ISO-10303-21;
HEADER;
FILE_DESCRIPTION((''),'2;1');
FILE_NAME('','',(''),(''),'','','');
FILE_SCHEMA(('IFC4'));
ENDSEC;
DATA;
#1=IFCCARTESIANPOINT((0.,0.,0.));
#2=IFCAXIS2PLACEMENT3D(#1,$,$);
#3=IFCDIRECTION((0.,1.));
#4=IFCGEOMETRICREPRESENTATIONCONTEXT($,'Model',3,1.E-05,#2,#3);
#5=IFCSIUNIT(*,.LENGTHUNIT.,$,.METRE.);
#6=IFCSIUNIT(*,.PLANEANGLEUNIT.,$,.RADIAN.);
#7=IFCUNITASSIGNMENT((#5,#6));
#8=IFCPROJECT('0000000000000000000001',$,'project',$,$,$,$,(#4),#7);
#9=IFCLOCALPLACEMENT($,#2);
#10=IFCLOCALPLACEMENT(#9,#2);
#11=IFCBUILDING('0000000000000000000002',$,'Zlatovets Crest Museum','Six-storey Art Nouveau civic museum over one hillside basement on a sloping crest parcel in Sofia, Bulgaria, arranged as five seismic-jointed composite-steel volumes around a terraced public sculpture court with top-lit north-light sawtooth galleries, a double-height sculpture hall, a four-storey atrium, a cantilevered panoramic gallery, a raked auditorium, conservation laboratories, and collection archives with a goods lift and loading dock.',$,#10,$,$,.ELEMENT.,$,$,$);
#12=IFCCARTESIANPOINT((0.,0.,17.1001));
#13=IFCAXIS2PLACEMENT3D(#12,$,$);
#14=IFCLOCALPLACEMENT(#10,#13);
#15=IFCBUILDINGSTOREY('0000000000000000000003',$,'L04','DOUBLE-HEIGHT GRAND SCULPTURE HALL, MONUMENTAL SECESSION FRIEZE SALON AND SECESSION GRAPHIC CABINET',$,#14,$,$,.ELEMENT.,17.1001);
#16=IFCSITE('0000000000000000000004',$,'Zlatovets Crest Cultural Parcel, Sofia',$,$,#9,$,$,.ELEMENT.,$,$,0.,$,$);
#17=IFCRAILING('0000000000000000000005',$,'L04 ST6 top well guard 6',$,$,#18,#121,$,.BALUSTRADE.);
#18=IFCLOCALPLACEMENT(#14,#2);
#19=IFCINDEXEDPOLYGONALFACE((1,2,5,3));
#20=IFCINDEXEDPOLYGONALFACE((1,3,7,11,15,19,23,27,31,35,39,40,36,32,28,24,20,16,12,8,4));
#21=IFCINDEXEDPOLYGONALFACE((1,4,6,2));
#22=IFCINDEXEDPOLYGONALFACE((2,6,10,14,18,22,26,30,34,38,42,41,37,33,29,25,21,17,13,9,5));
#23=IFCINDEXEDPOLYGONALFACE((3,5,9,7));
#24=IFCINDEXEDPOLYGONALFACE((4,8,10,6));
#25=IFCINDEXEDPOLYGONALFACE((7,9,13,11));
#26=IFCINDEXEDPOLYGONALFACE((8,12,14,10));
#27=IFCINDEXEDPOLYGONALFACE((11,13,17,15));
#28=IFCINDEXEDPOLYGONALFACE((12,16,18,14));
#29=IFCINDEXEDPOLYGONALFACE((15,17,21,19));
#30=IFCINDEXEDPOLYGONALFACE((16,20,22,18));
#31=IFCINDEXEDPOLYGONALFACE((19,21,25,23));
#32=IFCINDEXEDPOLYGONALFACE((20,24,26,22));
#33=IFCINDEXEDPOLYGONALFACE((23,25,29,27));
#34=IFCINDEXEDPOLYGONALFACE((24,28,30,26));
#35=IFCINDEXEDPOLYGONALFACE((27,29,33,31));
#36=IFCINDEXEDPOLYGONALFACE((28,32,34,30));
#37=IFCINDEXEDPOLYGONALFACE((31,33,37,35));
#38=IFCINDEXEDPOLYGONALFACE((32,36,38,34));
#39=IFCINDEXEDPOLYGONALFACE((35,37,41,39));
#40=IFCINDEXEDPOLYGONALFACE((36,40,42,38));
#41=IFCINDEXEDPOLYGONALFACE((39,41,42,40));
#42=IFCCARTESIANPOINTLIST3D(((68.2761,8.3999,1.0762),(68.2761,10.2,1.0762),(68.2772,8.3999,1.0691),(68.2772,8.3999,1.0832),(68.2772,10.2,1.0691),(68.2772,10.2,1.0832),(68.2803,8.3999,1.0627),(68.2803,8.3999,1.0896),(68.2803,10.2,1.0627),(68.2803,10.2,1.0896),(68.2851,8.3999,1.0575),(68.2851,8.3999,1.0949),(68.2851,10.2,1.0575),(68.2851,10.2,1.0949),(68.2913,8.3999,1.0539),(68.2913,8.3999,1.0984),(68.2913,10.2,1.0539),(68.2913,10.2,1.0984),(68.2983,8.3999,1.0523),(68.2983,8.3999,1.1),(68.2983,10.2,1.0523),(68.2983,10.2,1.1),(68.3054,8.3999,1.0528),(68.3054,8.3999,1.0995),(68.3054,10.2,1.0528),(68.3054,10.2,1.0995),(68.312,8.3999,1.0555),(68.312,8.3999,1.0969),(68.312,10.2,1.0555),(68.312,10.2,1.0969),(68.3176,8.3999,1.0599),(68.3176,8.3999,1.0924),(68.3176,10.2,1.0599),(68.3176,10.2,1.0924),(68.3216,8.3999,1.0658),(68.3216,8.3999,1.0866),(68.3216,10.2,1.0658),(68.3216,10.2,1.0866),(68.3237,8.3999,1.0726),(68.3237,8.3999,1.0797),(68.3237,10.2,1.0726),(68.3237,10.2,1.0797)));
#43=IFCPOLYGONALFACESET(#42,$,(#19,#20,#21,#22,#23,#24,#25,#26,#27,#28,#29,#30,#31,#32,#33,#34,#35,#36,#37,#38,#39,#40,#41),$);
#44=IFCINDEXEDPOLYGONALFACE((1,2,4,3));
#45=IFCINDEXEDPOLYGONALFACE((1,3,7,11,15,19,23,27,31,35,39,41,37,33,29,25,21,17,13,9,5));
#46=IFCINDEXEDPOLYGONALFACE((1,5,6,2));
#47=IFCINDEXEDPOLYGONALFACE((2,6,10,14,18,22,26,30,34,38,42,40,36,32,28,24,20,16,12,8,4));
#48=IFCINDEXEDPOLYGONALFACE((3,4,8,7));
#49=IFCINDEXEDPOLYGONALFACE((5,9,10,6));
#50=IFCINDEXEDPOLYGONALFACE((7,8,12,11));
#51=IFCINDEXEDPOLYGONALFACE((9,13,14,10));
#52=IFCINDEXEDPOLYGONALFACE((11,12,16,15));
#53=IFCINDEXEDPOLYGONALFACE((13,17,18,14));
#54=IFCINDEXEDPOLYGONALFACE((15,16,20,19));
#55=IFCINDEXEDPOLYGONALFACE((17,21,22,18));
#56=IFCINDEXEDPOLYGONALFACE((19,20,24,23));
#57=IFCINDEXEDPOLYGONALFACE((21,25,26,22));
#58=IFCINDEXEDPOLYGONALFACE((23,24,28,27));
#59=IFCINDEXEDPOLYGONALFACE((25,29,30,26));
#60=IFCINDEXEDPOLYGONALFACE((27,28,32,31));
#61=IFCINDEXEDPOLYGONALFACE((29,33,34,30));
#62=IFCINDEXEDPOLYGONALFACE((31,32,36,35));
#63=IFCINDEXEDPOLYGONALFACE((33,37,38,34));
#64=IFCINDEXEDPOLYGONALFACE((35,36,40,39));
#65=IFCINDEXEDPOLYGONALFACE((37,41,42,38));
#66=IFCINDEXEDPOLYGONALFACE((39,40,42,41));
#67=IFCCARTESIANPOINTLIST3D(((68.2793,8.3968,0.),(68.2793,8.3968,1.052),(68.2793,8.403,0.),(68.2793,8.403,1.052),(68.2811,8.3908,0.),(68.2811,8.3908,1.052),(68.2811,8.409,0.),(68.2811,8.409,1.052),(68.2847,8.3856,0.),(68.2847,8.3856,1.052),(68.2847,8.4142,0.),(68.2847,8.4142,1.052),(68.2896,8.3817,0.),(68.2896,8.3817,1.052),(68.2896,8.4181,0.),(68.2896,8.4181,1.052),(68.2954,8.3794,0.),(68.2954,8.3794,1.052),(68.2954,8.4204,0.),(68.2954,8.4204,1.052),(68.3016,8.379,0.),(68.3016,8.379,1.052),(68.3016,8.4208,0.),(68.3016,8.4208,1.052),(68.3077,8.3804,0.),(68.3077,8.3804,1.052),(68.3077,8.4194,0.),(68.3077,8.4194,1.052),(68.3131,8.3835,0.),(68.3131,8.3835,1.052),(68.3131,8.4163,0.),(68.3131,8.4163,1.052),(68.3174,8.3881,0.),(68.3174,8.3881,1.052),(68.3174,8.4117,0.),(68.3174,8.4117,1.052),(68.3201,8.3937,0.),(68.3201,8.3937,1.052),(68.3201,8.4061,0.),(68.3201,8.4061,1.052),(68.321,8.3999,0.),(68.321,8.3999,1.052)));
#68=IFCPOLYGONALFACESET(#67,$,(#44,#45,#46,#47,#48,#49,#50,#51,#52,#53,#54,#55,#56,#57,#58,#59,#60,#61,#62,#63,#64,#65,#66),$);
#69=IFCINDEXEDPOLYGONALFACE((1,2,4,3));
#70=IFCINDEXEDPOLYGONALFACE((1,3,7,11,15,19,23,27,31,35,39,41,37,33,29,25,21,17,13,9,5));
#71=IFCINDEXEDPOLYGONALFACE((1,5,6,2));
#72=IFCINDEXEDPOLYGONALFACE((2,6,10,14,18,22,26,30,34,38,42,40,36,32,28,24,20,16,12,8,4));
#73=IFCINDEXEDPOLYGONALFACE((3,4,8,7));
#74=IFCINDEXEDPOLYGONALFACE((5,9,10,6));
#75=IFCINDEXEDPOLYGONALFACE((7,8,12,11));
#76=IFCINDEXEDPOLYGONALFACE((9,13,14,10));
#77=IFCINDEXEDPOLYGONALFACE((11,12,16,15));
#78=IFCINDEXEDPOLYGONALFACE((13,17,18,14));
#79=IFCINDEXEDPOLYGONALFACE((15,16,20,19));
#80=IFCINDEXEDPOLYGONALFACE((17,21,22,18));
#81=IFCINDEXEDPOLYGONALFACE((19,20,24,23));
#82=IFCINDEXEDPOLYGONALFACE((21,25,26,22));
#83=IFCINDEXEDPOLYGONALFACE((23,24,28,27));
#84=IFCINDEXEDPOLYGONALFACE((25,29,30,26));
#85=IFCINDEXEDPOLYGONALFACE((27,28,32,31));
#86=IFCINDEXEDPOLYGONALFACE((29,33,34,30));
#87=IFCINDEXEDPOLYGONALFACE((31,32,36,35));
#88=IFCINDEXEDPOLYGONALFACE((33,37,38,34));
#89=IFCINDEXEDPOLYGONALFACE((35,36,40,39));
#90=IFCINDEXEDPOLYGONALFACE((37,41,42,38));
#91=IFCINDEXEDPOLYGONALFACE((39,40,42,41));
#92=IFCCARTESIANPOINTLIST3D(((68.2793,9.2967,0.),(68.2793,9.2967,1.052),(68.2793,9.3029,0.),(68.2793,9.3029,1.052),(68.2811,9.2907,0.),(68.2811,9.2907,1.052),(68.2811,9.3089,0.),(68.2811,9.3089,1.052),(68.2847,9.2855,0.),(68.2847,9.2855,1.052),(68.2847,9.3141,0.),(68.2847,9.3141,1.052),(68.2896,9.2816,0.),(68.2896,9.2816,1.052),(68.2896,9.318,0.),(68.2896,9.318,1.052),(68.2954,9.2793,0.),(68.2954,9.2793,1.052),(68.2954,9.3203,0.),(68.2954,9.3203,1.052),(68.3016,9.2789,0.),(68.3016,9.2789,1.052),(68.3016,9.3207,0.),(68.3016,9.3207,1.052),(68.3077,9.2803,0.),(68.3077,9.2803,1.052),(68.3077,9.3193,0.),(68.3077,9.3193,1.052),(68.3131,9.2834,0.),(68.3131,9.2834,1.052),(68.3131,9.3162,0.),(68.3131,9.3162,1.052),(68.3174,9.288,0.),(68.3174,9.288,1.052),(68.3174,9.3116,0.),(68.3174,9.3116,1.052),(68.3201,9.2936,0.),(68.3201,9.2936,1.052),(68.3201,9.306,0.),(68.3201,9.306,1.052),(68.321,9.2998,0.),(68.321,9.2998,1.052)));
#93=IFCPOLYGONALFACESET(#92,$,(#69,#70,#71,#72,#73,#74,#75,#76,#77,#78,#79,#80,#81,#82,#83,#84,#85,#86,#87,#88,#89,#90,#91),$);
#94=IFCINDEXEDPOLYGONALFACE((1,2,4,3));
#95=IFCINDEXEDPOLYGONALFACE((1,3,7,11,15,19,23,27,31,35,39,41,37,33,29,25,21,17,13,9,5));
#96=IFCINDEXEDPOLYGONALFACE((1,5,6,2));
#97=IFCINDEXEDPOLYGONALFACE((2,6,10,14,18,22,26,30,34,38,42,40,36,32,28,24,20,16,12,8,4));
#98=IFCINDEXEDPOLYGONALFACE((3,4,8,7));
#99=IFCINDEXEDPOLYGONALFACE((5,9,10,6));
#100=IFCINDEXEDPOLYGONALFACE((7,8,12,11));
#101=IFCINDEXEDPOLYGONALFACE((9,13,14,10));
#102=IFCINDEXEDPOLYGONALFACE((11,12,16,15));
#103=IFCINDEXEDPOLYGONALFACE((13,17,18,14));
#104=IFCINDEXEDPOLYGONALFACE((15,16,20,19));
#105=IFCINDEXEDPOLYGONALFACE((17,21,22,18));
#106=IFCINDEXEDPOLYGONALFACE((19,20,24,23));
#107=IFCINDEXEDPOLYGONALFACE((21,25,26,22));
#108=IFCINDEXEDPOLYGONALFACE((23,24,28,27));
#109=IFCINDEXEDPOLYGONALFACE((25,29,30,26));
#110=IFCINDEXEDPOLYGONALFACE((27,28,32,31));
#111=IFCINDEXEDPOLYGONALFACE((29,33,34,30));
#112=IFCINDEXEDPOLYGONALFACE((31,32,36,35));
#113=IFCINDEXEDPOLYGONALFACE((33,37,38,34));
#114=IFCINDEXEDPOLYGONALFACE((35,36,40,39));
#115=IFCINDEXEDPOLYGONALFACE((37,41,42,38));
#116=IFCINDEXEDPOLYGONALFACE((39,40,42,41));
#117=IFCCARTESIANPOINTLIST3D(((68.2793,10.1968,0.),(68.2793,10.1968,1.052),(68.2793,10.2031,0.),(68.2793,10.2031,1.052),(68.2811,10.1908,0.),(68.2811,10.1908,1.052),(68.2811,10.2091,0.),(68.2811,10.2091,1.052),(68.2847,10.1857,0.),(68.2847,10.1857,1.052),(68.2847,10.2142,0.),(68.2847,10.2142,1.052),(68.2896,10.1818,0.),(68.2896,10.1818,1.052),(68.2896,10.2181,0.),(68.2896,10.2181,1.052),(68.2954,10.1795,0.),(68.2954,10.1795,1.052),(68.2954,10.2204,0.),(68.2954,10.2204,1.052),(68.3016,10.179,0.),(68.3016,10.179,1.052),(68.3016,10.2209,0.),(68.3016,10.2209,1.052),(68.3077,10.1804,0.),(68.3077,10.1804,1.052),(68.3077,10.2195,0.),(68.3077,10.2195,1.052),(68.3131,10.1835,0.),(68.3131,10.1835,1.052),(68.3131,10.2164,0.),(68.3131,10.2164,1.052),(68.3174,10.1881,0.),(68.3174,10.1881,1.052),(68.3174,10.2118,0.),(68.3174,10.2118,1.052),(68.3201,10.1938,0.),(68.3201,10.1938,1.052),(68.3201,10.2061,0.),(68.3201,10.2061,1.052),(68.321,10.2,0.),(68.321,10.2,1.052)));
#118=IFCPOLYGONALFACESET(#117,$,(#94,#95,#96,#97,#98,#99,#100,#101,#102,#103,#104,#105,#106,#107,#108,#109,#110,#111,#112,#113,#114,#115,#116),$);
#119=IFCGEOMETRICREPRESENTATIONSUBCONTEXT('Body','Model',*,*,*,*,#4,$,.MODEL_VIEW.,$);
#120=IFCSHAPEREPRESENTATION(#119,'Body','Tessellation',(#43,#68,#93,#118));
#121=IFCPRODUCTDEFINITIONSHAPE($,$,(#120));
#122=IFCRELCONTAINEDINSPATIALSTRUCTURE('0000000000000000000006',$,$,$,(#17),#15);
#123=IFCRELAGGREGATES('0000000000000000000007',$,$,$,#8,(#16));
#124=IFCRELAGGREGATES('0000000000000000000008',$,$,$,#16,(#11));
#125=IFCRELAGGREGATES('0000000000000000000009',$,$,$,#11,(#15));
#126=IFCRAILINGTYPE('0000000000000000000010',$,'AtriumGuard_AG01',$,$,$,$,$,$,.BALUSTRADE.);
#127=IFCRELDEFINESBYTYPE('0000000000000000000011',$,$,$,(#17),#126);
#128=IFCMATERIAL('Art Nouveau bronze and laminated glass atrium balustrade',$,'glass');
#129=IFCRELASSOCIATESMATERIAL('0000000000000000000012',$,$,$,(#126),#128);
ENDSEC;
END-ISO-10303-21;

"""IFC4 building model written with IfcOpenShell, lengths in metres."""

from ifc_helpers import new_model, si_unit, direction, frame, origin, origin_2d, place, context, subcontext, project, spatial, circle, extrude, material, type_object, element, save


model = new_model("IFC4")

# Units and contexts
model_context = context("Model", 3, precision=1e-05, world=origin(), true_north=direction((0.0, 1.0)))
body_context = subcontext(model_context, "Body", "Model", "MODEL_VIEW")
ifc_project = project(units=[si_unit("LENGTHUNIT", "METRE"), si_unit("PLANEANGLEUNIT", "RADIAN")], contexts=[model_context])

# Site, building, storey
site_placement = place(None, origin())
site = spatial("IfcSite", under=ifc_project, at=site_placement, Name="Zlatovets Crest Cultural Parcel, Sofia", CompositionType="ELEMENT", RefElevation=0.0)
building_placement = place(site_placement, origin())
building = spatial("IfcBuilding", under=site, at=building_placement, Name="Zlatovets Crest Museum", Description="Six-storey Art Nouveau civic museum over one hillside basement on a sloping crest parcel in Sofia, Bulgaria, arranged as five seismic-jointed composite-steel volumes around a terraced public sculpture court with top-lit north-light sawtooth galleries, a double-height sculpture hall, a four-storey atrium, a cantilevered panoramic gallery, a raked auditorium, conservation laboratories, and collection archives with a goods lift and loading dock.", CompositionType="ELEMENT")
storey_placement = place(building_placement, frame((0.0, 0.0, 17.1001)))
storey = spatial("IfcBuildingStorey", under=building, at=storey_placement, Name="L04", Description="DOUBLE-HEIGHT GRAND SCULPTURE HALL, MONUMENTAL SECESSION FRIEZE SALON AND SECESSION GRAPHIC CABINET", CompositionType="ELEMENT", Elevation=17.1001)

# Railing
ifc_material_1 = material(Name="Art Nouveau bronze and laminated glass atrium balustrade", Category="glass")
railing_type = type_object("IfcRailingType", Name="AtriumGuard_AG01", PredefinedType="BALUSTRADE", material=ifc_material_1)
railing_1_placement = place(storey_placement, frame((68.3, 8.3999, 0.0)))
element("IfcRailing", 1, at=railing_1_placement, inside=storey, type_object=railing_type, Name="L04 ST6 top well guard 6", PredefinedType="BALUSTRADE", context=body_context, shape_type="SweptSolid", body=[
    extrude(circle(Radius=0.0239, at=origin_2d()), frame((0.0, 0.0, 1.0762), z_axis=(0.0, 1.0, 0.0), x_axis=(-1.0, 0.0, 0.0)), (0.0, 0.0, 1.0), 1.8),
    extrude(circle(Radius=0.021, at=origin_2d()), origin(), (0.0, 0.0, 1.0), 1.052),
    extrude(circle(Radius=0.021, at=origin_2d()), frame((0.0, 0.8999, 0.0)), (0.0, 0.0, 1.0), 1.052),
    extrude(circle(Radius=0.021, at=origin_2d()), frame((0.0, 1.8, 0.0)), (0.0, 0.0, 1.0), 1.052),
])

save(model, "model.ifc")
